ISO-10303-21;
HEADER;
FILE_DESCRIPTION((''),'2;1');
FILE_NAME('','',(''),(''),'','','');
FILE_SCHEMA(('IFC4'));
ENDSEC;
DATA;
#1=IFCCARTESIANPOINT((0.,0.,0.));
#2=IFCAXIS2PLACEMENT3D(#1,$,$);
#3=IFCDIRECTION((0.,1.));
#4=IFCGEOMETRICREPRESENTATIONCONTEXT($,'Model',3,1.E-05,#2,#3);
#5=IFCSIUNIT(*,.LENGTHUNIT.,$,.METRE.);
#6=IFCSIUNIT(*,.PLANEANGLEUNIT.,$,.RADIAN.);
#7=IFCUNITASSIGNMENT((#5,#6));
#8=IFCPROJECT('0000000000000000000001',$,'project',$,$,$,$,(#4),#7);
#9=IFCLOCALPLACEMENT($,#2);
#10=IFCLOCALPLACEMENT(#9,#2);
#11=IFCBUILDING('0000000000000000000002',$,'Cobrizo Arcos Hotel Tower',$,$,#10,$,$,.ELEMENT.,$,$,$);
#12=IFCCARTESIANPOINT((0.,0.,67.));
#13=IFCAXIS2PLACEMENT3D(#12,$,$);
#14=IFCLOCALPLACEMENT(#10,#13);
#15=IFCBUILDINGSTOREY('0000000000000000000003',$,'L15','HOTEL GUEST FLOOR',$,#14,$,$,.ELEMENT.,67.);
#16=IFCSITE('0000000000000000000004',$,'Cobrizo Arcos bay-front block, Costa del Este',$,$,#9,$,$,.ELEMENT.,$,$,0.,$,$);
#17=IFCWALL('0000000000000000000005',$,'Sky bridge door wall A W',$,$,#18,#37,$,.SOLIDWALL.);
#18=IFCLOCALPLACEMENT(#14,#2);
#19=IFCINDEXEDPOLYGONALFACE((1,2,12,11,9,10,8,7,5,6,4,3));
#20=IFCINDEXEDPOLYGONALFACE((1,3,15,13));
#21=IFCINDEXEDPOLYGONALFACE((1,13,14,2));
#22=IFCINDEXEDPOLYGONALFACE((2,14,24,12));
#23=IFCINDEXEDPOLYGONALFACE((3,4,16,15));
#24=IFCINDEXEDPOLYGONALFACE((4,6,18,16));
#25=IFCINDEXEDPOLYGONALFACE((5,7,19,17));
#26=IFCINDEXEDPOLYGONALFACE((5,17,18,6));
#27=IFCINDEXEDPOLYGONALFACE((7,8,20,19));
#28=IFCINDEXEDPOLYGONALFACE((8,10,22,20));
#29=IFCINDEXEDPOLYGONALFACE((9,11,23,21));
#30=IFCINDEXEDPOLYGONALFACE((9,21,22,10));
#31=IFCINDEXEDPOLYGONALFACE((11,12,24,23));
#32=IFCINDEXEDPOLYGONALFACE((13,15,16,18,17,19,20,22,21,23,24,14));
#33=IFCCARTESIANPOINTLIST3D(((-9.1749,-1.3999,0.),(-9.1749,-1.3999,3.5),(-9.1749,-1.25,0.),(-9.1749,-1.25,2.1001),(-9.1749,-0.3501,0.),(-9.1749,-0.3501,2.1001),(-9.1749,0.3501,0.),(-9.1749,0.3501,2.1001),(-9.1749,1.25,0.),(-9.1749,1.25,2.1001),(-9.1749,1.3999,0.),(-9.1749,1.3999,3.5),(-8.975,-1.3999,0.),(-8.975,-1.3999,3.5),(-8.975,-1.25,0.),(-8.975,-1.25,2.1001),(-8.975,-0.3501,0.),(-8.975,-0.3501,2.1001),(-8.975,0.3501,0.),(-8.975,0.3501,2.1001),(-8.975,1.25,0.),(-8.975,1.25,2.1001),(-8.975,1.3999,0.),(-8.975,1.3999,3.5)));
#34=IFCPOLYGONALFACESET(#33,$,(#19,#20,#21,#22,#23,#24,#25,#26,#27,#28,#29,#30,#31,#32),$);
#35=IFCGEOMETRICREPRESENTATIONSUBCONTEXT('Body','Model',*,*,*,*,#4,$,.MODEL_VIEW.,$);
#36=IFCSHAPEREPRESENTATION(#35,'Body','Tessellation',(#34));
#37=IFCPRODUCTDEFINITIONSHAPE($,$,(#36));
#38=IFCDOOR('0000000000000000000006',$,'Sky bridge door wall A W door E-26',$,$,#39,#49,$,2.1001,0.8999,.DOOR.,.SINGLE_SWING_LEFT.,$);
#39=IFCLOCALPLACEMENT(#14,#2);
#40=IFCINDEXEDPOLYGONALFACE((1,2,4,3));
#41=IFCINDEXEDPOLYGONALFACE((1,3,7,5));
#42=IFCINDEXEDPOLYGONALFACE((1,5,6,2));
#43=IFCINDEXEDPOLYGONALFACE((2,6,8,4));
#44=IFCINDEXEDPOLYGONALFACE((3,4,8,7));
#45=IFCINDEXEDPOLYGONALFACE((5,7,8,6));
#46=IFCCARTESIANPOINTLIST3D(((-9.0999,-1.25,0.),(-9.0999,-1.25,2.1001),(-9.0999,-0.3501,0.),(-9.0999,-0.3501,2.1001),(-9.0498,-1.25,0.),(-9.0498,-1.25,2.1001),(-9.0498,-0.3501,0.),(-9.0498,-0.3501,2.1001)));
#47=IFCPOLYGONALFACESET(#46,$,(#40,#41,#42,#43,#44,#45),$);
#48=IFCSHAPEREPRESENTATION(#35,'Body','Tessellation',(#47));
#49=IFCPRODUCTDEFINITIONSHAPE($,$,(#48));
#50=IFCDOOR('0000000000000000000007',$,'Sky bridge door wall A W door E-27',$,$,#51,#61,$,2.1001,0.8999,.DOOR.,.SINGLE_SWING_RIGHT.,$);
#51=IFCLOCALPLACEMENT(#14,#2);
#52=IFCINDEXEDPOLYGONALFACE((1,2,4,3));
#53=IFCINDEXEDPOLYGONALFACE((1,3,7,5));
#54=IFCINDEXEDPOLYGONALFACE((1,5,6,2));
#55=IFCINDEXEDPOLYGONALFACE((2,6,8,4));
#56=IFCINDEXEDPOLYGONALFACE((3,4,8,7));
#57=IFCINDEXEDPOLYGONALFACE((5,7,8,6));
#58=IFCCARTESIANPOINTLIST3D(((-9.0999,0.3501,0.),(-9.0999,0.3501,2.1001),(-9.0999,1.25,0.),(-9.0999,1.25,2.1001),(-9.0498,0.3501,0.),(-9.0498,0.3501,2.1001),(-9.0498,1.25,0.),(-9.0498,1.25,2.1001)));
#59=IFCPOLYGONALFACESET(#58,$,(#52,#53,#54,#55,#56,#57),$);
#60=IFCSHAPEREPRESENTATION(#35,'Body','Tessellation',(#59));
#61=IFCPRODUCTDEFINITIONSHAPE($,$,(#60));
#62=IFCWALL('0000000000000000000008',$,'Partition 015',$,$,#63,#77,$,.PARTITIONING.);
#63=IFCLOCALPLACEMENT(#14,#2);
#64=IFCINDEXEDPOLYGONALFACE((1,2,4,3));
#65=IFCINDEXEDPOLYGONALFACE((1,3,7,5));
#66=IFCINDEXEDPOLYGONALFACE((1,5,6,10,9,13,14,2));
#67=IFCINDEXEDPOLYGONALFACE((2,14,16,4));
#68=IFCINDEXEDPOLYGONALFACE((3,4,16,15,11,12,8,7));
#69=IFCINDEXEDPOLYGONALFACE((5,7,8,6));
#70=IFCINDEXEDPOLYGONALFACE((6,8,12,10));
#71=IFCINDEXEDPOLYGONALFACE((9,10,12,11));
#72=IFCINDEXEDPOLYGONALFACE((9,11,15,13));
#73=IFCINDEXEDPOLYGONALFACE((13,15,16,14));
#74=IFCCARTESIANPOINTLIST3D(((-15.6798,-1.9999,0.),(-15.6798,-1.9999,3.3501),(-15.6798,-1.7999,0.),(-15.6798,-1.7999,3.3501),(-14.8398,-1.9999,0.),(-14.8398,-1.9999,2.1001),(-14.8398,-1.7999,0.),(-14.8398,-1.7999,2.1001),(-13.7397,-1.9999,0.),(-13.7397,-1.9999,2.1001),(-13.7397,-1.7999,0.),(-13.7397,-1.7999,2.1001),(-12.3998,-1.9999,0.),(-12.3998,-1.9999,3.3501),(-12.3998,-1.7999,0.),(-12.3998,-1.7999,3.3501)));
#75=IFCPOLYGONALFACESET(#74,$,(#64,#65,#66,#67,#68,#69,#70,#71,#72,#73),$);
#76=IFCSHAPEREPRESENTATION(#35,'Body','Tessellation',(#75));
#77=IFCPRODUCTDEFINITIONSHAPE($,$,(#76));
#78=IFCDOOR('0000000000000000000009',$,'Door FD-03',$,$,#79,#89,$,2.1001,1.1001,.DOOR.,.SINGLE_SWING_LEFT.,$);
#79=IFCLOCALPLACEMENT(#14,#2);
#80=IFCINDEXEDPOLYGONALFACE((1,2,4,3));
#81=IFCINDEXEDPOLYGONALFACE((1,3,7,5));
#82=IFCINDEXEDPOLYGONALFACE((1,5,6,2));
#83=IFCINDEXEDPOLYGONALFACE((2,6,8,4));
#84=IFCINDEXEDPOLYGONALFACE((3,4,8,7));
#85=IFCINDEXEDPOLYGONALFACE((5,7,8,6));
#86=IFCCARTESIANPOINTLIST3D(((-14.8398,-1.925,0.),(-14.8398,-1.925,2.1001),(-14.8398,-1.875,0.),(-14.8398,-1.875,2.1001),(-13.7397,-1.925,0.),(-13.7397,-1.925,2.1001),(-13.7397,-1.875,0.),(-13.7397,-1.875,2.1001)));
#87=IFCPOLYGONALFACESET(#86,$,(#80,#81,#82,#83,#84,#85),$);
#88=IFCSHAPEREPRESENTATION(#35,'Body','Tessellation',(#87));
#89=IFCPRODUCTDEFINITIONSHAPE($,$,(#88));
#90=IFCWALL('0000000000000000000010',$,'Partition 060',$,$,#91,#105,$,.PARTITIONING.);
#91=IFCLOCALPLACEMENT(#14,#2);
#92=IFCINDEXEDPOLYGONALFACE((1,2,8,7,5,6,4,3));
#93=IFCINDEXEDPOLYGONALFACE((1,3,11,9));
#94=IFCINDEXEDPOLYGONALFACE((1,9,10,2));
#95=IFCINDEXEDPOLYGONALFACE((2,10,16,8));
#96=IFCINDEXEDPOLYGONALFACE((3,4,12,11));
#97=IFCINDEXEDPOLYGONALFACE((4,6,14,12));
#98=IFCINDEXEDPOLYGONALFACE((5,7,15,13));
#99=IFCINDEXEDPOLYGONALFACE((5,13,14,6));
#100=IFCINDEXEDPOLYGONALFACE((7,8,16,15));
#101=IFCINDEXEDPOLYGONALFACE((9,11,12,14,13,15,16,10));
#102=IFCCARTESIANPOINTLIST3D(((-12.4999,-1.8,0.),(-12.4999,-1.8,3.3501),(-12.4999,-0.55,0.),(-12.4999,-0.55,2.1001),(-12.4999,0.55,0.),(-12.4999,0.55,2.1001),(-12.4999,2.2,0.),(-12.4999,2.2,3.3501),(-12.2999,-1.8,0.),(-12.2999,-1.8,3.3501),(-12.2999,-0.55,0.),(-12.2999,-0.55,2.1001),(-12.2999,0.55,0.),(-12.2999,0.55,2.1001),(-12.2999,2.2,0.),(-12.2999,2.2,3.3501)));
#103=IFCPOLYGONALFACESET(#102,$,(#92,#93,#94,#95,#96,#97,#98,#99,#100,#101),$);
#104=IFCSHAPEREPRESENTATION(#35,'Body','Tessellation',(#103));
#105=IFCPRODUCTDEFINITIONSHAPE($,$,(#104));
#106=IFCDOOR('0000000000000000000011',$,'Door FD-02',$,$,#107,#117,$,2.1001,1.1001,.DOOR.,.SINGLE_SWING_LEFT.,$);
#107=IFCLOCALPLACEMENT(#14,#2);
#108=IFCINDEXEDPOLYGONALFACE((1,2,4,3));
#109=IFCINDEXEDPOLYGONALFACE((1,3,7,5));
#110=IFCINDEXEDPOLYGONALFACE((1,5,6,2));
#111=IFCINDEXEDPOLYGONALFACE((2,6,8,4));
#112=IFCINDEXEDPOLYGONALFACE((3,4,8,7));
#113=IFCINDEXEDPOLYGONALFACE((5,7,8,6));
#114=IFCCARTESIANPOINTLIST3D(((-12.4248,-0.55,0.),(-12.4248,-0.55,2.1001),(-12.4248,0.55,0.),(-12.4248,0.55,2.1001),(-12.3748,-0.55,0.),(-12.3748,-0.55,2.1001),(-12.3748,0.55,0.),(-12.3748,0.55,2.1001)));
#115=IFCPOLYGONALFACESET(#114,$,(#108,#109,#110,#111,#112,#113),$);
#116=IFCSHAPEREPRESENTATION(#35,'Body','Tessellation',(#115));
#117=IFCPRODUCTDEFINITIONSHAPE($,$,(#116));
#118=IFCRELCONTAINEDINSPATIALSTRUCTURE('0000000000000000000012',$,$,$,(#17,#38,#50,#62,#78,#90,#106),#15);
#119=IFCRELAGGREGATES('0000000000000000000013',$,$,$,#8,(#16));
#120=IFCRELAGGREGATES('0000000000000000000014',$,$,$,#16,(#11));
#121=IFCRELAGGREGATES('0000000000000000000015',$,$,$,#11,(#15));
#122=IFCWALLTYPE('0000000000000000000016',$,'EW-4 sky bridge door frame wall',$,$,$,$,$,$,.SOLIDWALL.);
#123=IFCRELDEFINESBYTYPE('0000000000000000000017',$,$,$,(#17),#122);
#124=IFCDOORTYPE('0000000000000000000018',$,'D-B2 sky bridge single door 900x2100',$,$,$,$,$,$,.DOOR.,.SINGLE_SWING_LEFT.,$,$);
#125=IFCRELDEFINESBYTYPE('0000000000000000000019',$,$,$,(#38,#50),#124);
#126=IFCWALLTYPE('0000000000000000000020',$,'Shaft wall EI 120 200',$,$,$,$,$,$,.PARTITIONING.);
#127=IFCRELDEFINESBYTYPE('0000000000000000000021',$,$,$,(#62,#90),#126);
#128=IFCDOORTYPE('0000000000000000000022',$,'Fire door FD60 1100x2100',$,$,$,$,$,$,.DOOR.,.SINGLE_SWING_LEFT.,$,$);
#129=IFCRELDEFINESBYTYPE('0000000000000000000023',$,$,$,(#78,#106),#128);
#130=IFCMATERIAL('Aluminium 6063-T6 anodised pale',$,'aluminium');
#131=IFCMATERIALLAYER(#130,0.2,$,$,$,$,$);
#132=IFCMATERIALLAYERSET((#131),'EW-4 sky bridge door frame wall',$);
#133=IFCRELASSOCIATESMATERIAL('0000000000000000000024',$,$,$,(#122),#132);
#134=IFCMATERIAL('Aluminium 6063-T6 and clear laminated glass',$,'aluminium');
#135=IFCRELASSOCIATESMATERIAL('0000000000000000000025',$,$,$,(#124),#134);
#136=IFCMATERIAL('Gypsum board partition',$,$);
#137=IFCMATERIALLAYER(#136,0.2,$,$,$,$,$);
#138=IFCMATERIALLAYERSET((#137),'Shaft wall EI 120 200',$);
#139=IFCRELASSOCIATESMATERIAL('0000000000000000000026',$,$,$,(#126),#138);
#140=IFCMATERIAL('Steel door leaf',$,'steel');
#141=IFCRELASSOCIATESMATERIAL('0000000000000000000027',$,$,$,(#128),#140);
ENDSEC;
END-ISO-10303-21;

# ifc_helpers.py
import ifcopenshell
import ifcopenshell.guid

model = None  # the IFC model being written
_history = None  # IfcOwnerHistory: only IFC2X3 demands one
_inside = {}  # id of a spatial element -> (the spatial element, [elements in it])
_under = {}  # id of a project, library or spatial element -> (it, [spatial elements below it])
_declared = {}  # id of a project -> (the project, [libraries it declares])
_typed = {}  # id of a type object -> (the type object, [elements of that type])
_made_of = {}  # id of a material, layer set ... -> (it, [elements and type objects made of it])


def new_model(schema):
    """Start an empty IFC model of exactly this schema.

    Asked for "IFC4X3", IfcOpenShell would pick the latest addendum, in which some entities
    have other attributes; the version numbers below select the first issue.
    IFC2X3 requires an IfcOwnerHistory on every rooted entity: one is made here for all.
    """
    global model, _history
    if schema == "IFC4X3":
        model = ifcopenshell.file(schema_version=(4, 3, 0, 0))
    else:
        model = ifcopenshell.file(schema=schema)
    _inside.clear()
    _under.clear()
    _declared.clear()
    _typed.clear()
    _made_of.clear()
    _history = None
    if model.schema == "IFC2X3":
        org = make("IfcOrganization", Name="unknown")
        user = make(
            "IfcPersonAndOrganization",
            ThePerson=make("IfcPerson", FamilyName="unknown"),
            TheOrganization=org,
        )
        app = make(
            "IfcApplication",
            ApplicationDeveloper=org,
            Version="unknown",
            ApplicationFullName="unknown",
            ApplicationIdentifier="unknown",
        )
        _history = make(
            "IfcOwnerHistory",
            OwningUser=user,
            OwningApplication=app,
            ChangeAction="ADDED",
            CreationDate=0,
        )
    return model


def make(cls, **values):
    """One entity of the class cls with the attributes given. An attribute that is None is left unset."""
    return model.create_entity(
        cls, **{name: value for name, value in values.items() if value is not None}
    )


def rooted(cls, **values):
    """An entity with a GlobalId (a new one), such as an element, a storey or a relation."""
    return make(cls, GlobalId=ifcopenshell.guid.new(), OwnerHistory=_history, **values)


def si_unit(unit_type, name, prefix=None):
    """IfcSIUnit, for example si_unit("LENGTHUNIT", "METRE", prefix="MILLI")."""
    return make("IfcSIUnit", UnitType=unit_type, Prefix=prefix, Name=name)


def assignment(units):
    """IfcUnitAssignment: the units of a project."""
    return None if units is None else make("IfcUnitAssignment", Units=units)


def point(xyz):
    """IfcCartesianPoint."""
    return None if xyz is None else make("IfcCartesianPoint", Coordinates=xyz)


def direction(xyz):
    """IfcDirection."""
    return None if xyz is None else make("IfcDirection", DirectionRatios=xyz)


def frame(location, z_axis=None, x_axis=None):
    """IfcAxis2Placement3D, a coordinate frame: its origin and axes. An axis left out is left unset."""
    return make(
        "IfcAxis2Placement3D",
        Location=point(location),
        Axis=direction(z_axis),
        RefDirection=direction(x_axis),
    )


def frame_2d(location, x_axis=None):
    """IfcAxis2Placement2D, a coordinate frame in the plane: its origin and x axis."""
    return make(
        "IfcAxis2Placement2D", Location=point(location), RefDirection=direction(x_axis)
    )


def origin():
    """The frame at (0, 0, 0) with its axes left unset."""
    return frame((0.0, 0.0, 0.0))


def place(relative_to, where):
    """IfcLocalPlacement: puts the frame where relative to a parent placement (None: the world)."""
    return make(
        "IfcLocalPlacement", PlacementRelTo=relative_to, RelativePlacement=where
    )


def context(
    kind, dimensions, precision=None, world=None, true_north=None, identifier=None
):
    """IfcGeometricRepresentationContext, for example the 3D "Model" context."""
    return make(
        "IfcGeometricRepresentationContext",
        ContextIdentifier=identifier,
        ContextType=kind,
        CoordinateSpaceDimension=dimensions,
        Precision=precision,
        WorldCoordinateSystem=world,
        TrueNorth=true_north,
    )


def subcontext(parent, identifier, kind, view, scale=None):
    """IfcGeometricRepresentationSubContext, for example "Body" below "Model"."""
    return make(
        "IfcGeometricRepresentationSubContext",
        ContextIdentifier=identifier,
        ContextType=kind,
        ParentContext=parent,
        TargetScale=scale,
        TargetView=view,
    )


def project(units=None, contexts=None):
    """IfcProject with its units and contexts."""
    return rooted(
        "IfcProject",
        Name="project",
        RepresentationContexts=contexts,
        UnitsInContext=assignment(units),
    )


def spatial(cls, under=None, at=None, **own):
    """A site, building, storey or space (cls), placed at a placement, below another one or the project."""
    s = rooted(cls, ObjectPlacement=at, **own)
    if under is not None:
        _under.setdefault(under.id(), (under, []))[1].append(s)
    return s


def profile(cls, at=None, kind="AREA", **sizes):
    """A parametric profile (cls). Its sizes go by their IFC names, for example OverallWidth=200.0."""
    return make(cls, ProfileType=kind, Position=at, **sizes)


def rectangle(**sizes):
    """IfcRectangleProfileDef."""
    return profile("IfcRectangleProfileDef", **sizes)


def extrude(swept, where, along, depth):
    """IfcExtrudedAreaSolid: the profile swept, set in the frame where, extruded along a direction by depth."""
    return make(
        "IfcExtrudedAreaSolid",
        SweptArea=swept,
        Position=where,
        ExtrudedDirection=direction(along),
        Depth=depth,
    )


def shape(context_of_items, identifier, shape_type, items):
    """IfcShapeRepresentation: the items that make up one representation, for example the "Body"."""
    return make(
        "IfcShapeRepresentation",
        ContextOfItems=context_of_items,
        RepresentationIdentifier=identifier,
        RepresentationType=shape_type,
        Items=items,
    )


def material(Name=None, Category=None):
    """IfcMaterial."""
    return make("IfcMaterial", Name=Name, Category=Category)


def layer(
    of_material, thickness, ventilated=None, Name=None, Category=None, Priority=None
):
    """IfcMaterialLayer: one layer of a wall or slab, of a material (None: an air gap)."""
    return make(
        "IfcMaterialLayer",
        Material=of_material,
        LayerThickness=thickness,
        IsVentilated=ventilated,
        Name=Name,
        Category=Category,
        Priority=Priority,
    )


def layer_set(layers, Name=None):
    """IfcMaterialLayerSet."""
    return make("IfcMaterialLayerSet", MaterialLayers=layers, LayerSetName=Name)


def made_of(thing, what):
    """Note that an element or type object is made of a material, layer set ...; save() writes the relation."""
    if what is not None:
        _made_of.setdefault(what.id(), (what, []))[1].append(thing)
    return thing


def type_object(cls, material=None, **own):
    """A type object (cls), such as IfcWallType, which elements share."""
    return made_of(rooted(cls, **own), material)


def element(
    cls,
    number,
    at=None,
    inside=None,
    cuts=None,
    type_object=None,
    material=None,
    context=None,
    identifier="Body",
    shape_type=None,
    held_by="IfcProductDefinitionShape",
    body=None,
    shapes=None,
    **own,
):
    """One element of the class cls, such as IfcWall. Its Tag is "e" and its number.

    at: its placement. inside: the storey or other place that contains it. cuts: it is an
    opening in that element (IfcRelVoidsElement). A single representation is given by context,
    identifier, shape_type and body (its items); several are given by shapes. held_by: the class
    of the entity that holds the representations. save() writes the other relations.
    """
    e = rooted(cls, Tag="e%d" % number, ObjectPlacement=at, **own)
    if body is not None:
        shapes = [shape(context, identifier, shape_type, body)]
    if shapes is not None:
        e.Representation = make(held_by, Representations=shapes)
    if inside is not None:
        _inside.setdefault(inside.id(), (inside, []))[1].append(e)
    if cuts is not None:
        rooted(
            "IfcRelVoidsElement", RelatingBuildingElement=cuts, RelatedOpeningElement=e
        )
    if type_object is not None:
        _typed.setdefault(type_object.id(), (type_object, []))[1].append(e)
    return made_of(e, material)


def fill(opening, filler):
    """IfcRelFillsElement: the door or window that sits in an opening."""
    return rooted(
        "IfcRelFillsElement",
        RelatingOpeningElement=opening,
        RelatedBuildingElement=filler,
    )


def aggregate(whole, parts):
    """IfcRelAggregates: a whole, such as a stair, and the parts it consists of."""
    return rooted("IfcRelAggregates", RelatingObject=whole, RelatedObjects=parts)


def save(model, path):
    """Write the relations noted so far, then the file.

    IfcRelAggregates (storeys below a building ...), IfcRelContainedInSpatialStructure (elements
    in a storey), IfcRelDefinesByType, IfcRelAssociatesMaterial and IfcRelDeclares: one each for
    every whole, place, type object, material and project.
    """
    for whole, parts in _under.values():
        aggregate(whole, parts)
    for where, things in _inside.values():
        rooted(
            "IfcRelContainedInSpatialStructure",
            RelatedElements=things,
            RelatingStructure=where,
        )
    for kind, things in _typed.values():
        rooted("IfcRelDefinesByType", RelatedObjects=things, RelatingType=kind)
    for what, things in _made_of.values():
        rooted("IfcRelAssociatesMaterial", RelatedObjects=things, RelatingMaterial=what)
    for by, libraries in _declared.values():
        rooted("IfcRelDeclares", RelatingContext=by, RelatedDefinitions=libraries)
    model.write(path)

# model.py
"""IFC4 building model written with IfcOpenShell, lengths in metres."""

from ifc_helpers import new_model, si_unit, direction, frame, frame_2d, origin, place, context, subcontext, project, spatial, rectangle, extrude, material, layer, layer_set, type_object, element, fill, save


model = new_model("IFC4")

# Units and contexts
model_context = context("Model", 3, precision=1e-05, world=origin(), true_north=direction((0.0, 1.0)))
body_context = subcontext(model_context, "Body", "Model", "MODEL_VIEW")
ifc_project = project(units=[si_unit("LENGTHUNIT", "METRE"), si_unit("PLANEANGLEUNIT", "RADIAN")], contexts=[model_context])

# Site, building, storey
site_placement = place(None, origin())
site = spatial("IfcSite", under=ifc_project, at=site_placement, Name="Cobrizo Arcos bay-front block, Costa del Este", CompositionType="ELEMENT", RefElevation=0.0)
building_placement = place(site_placement, origin())
building = spatial("IfcBuilding", under=site, at=building_placement, Name="Cobrizo Arcos Hotel Tower", CompositionType="ELEMENT")
storey_placement = place(building_placement, frame((0.0, 0.0, 67.0)))
storey = spatial("IfcBuildingStorey", under=building, at=storey_placement, Name="L15", Description="HOTEL GUEST FLOOR", CompositionType="ELEMENT", Elevation=67.0)

# Shared definitions
ifc_material_1 = material(Name="Gypsum board partition")

# Wall, openings, doors
ifc_material_2 = material(Name="Aluminium 6063-T6 anodised pale", Category="aluminium")
ifc_layer_1 = layer(ifc_material_2, 0.2)
ifc_layer_set_1 = layer_set([ifc_layer_1], Name="EW-4 sky bridge door frame wall")
wall_type_1 = type_object("IfcWallType", Name="EW-4 sky bridge door frame wall", PredefinedType="SOLIDWALL", material=ifc_layer_set_1)
wall_1_placement = place(storey_placement, frame((-9.075, -1.3999, 0.0), z_axis=(0.0, 0.0, 1.0), x_axis=(0.0, 1.0, 0.0)))
wall_1 = element("IfcWall", 1, at=wall_1_placement, inside=storey, type_object=wall_type_1, Name="Sky bridge door wall A W", PredefinedType="SOLIDWALL", context=body_context, shape_type="SweptSolid", body=[
    extrude(rectangle(XDim=2.7998, YDim=0.2, at=frame_2d((1.3999, 0.0))), origin(), (0.0, 0.0, 1.0), 3.5),
])
opening_1_placement = place(wall_1_placement, frame((0.1499, 0.0, 0.0)))
opening_1 = element("IfcOpeningElement", 2, at=opening_1_placement, cuts=wall_1, PredefinedType="OPENING", context=body_context, shape_type="SweptSolid", body=[
    extrude(rectangle(XDim=0.8999, YDim=2.1001, at=frame_2d((0.45, 1.05))), frame((0.0, 0.1121, 0.0), z_axis=(0.0, -1.0, 0.0), x_axis=(1.0, 0.0, 0.0)), (0.0, 0.0, 1.0), 0.2239),
])
opening_2_placement = place(wall_1_placement, frame((1.75, 0.0, 0.0)))
opening_2 = element("IfcOpeningElement", 3, at=opening_2_placement, cuts=wall_1, PredefinedType="OPENING", context=body_context, shape_type="SweptSolid", body=[
    extrude(rectangle(XDim=0.8999, YDim=2.1001, at=frame_2d((0.45, 1.05))), frame((0.0, 0.1121, 0.0), z_axis=(0.0, -1.0, 0.0), x_axis=(1.0, 0.0, 0.0)), (0.0, 0.0, 1.0), 0.2239),
])
ifc_material_3 = material(Name="Aluminium 6063-T6 and clear laminated glass", Category="aluminium")
door_type_1 = type_object("IfcDoorType", Name="D-B2 sky bridge single door 900x2100", OperationType="SINGLE_SWING_LEFT", PredefinedType="DOOR", material=ifc_material_3)
door_1_placement = place(opening_1_placement, origin())
door_1 = element("IfcDoor", 4, at=door_1_placement, inside=storey, type_object=door_type_1, Name="Sky bridge door wall A W door E-26", OperationType="SINGLE_SWING_LEFT", OverallHeight=2.1001, OverallWidth=0.8999, PredefinedType="DOOR", context=body_context, shape_type="SweptSolid", body=[
    extrude(rectangle(XDim=0.8999, YDim=2.1001, at=frame_2d((0.45, 1.05))), frame((0.0, 0.0249, 0.0), z_axis=(0.0, -1.0, 0.0), x_axis=(1.0, 0.0, 0.0)), (0.0, 0.0, 1.0), 0.05),
])
fill(opening_1, door_1)
door_2_placement = place(opening_2_placement, origin())
door_2 = element("IfcDoor", 5, at=door_2_placement, inside=storey, type_object=door_type_1, Name="Sky bridge door wall A W door E-27", OperationType="SINGLE_SWING_RIGHT", OverallHeight=2.1001, OverallWidth=0.8999, PredefinedType="DOOR", context=body_context, shape_type="SweptSolid", body=[
    extrude(rectangle(XDim=0.8999, YDim=2.1001, at=frame_2d((0.45, 1.05))), frame((0.0, 0.0249, 0.0), z_axis=(0.0, -1.0, 0.0), x_axis=(1.0, 0.0, 0.0)), (0.0, 0.0, 1.0), 0.05),
])
fill(opening_2, door_2)

# Walls, openings, doors
ifc_layer_2 = layer(ifc_material_1, 0.2)
ifc_layer_set_2 = layer_set([ifc_layer_2], Name="Shaft wall EI 120 200")
wall_type_2 = type_object("IfcWallType", Name="Shaft wall EI 120 200", PredefinedType="PARTITIONING", material=ifc_layer_set_2)
wall_2_placement = place(storey_placement, frame((-15.6799, -1.8999, 0.0), z_axis=(0.0, 0.0, 1.0), x_axis=(1.0, 0.0, 0.0)))
wall_2 = element("IfcWall", 6, at=wall_2_placement, inside=storey, type_object=wall_type_2, Name="Partition 015", PredefinedType="PARTITIONING", context=body_context, shape_type="SweptSolid", body=[
    extrude(rectangle(XDim=3.28, YDim=0.2, at=frame_2d((1.6401, 0.0))), origin(), (0.0, 0.0, 1.0), 3.3501),
])
opening_3_placement = place(wall_2_placement, frame((0.8401, 0.0, 0.0)))
opening_3 = element("IfcOpeningElement", 7, at=opening_3_placement, cuts=wall_2, PredefinedType="OPENING", context=body_context, shape_type="SweptSolid", body=[
    extrude(rectangle(XDim=1.1001, YDim=2.1001, at=frame_2d((0.55, 1.05))), frame((0.0, 0.1121, 0.0), z_axis=(0.0, -1.0, 0.0), x_axis=(1.0, 0.0, 0.0)), (0.0, 0.0, 1.0), 0.2239),
])
ifc_material_4 = material(Name="Steel door leaf", Category="steel")
door_type_2 = type_object("IfcDoorType", Name="Fire door FD60 1100x2100", OperationType="SINGLE_SWING_LEFT", PredefinedType="DOOR", material=ifc_material_4)
door_3_placement = place(opening_3_placement, origin())
door_3 = element("IfcDoor", 8, at=door_3_placement, inside=storey, type_object=door_type_2, Name="Door FD-03", OperationType="SINGLE_SWING_LEFT", OverallHeight=2.1001, OverallWidth=1.1001, PredefinedType="DOOR", context=body_context, shape_type="SweptSolid", body=[
    extrude(rectangle(XDim=1.1001, YDim=2.1001, at=frame_2d((0.55, 1.05))), frame((0.0, 0.0249, 0.0), z_axis=(0.0, -1.0, 0.0), x_axis=(1.0, 0.0, 0.0)), (0.0, 0.0, 1.0), 0.05),
])
fill(opening_3, door_3)
wall_3_placement = place(storey_placement, frame((-12.3999, -1.8, 0.0), z_axis=(0.0, 0.0, 1.0), x_axis=(0.0, 1.0, 0.0)))
wall_3 = element("IfcWall", 9, at=wall_3_placement, inside=storey, type_object=wall_type_2, Name="Partition 060", PredefinedType="PARTITIONING", context=body_context, shape_type="SweptSolid", body=[
    extrude(rectangle(XDim=4.0, YDim=0.2, at=frame_2d((2.0, 0.0))), origin(), (0.0, 0.0, 1.0), 3.3501),
])
opening_4_placement = place(wall_3_placement, frame((1.25, 0.0, 0.0)))
opening_4 = element("IfcOpeningElement", 10, at=opening_4_placement, cuts=wall_3, PredefinedType="OPENING", context=body_context, shape_type="SweptSolid", body=[
    extrude(rectangle(XDim=1.1001, YDim=2.1001, at=frame_2d((0.55, 1.05))), frame((0.0, 0.1121, 0.0), z_axis=(0.0, -1.0, 0.0), x_axis=(1.0, 0.0, 0.0)), (0.0, 0.0, 1.0), 0.2239),
])
door_4_placement = place(opening_4_placement, origin())
door_4 = element("IfcDoor", 11, at=door_4_placement, inside=storey, type_object=door_type_2, Name="Door FD-02", OperationType="SINGLE_SWING_LEFT", OverallHeight=2.1001, OverallWidth=1.1001, PredefinedType="DOOR", context=body_context, shape_type="SweptSolid", body=[
    extrude(rectangle(XDim=1.1001, YDim=2.1001, at=frame_2d((0.55, 1.05))), frame((0.0, 0.0249, 0.0), z_axis=(0.0, -1.0, 0.0), x_axis=(1.0, 0.0, 0.0)), (0.0, 0.0, 1.0), 0.05),
])
fill(opening_4, door_4)

save(model, "model.ifc")
